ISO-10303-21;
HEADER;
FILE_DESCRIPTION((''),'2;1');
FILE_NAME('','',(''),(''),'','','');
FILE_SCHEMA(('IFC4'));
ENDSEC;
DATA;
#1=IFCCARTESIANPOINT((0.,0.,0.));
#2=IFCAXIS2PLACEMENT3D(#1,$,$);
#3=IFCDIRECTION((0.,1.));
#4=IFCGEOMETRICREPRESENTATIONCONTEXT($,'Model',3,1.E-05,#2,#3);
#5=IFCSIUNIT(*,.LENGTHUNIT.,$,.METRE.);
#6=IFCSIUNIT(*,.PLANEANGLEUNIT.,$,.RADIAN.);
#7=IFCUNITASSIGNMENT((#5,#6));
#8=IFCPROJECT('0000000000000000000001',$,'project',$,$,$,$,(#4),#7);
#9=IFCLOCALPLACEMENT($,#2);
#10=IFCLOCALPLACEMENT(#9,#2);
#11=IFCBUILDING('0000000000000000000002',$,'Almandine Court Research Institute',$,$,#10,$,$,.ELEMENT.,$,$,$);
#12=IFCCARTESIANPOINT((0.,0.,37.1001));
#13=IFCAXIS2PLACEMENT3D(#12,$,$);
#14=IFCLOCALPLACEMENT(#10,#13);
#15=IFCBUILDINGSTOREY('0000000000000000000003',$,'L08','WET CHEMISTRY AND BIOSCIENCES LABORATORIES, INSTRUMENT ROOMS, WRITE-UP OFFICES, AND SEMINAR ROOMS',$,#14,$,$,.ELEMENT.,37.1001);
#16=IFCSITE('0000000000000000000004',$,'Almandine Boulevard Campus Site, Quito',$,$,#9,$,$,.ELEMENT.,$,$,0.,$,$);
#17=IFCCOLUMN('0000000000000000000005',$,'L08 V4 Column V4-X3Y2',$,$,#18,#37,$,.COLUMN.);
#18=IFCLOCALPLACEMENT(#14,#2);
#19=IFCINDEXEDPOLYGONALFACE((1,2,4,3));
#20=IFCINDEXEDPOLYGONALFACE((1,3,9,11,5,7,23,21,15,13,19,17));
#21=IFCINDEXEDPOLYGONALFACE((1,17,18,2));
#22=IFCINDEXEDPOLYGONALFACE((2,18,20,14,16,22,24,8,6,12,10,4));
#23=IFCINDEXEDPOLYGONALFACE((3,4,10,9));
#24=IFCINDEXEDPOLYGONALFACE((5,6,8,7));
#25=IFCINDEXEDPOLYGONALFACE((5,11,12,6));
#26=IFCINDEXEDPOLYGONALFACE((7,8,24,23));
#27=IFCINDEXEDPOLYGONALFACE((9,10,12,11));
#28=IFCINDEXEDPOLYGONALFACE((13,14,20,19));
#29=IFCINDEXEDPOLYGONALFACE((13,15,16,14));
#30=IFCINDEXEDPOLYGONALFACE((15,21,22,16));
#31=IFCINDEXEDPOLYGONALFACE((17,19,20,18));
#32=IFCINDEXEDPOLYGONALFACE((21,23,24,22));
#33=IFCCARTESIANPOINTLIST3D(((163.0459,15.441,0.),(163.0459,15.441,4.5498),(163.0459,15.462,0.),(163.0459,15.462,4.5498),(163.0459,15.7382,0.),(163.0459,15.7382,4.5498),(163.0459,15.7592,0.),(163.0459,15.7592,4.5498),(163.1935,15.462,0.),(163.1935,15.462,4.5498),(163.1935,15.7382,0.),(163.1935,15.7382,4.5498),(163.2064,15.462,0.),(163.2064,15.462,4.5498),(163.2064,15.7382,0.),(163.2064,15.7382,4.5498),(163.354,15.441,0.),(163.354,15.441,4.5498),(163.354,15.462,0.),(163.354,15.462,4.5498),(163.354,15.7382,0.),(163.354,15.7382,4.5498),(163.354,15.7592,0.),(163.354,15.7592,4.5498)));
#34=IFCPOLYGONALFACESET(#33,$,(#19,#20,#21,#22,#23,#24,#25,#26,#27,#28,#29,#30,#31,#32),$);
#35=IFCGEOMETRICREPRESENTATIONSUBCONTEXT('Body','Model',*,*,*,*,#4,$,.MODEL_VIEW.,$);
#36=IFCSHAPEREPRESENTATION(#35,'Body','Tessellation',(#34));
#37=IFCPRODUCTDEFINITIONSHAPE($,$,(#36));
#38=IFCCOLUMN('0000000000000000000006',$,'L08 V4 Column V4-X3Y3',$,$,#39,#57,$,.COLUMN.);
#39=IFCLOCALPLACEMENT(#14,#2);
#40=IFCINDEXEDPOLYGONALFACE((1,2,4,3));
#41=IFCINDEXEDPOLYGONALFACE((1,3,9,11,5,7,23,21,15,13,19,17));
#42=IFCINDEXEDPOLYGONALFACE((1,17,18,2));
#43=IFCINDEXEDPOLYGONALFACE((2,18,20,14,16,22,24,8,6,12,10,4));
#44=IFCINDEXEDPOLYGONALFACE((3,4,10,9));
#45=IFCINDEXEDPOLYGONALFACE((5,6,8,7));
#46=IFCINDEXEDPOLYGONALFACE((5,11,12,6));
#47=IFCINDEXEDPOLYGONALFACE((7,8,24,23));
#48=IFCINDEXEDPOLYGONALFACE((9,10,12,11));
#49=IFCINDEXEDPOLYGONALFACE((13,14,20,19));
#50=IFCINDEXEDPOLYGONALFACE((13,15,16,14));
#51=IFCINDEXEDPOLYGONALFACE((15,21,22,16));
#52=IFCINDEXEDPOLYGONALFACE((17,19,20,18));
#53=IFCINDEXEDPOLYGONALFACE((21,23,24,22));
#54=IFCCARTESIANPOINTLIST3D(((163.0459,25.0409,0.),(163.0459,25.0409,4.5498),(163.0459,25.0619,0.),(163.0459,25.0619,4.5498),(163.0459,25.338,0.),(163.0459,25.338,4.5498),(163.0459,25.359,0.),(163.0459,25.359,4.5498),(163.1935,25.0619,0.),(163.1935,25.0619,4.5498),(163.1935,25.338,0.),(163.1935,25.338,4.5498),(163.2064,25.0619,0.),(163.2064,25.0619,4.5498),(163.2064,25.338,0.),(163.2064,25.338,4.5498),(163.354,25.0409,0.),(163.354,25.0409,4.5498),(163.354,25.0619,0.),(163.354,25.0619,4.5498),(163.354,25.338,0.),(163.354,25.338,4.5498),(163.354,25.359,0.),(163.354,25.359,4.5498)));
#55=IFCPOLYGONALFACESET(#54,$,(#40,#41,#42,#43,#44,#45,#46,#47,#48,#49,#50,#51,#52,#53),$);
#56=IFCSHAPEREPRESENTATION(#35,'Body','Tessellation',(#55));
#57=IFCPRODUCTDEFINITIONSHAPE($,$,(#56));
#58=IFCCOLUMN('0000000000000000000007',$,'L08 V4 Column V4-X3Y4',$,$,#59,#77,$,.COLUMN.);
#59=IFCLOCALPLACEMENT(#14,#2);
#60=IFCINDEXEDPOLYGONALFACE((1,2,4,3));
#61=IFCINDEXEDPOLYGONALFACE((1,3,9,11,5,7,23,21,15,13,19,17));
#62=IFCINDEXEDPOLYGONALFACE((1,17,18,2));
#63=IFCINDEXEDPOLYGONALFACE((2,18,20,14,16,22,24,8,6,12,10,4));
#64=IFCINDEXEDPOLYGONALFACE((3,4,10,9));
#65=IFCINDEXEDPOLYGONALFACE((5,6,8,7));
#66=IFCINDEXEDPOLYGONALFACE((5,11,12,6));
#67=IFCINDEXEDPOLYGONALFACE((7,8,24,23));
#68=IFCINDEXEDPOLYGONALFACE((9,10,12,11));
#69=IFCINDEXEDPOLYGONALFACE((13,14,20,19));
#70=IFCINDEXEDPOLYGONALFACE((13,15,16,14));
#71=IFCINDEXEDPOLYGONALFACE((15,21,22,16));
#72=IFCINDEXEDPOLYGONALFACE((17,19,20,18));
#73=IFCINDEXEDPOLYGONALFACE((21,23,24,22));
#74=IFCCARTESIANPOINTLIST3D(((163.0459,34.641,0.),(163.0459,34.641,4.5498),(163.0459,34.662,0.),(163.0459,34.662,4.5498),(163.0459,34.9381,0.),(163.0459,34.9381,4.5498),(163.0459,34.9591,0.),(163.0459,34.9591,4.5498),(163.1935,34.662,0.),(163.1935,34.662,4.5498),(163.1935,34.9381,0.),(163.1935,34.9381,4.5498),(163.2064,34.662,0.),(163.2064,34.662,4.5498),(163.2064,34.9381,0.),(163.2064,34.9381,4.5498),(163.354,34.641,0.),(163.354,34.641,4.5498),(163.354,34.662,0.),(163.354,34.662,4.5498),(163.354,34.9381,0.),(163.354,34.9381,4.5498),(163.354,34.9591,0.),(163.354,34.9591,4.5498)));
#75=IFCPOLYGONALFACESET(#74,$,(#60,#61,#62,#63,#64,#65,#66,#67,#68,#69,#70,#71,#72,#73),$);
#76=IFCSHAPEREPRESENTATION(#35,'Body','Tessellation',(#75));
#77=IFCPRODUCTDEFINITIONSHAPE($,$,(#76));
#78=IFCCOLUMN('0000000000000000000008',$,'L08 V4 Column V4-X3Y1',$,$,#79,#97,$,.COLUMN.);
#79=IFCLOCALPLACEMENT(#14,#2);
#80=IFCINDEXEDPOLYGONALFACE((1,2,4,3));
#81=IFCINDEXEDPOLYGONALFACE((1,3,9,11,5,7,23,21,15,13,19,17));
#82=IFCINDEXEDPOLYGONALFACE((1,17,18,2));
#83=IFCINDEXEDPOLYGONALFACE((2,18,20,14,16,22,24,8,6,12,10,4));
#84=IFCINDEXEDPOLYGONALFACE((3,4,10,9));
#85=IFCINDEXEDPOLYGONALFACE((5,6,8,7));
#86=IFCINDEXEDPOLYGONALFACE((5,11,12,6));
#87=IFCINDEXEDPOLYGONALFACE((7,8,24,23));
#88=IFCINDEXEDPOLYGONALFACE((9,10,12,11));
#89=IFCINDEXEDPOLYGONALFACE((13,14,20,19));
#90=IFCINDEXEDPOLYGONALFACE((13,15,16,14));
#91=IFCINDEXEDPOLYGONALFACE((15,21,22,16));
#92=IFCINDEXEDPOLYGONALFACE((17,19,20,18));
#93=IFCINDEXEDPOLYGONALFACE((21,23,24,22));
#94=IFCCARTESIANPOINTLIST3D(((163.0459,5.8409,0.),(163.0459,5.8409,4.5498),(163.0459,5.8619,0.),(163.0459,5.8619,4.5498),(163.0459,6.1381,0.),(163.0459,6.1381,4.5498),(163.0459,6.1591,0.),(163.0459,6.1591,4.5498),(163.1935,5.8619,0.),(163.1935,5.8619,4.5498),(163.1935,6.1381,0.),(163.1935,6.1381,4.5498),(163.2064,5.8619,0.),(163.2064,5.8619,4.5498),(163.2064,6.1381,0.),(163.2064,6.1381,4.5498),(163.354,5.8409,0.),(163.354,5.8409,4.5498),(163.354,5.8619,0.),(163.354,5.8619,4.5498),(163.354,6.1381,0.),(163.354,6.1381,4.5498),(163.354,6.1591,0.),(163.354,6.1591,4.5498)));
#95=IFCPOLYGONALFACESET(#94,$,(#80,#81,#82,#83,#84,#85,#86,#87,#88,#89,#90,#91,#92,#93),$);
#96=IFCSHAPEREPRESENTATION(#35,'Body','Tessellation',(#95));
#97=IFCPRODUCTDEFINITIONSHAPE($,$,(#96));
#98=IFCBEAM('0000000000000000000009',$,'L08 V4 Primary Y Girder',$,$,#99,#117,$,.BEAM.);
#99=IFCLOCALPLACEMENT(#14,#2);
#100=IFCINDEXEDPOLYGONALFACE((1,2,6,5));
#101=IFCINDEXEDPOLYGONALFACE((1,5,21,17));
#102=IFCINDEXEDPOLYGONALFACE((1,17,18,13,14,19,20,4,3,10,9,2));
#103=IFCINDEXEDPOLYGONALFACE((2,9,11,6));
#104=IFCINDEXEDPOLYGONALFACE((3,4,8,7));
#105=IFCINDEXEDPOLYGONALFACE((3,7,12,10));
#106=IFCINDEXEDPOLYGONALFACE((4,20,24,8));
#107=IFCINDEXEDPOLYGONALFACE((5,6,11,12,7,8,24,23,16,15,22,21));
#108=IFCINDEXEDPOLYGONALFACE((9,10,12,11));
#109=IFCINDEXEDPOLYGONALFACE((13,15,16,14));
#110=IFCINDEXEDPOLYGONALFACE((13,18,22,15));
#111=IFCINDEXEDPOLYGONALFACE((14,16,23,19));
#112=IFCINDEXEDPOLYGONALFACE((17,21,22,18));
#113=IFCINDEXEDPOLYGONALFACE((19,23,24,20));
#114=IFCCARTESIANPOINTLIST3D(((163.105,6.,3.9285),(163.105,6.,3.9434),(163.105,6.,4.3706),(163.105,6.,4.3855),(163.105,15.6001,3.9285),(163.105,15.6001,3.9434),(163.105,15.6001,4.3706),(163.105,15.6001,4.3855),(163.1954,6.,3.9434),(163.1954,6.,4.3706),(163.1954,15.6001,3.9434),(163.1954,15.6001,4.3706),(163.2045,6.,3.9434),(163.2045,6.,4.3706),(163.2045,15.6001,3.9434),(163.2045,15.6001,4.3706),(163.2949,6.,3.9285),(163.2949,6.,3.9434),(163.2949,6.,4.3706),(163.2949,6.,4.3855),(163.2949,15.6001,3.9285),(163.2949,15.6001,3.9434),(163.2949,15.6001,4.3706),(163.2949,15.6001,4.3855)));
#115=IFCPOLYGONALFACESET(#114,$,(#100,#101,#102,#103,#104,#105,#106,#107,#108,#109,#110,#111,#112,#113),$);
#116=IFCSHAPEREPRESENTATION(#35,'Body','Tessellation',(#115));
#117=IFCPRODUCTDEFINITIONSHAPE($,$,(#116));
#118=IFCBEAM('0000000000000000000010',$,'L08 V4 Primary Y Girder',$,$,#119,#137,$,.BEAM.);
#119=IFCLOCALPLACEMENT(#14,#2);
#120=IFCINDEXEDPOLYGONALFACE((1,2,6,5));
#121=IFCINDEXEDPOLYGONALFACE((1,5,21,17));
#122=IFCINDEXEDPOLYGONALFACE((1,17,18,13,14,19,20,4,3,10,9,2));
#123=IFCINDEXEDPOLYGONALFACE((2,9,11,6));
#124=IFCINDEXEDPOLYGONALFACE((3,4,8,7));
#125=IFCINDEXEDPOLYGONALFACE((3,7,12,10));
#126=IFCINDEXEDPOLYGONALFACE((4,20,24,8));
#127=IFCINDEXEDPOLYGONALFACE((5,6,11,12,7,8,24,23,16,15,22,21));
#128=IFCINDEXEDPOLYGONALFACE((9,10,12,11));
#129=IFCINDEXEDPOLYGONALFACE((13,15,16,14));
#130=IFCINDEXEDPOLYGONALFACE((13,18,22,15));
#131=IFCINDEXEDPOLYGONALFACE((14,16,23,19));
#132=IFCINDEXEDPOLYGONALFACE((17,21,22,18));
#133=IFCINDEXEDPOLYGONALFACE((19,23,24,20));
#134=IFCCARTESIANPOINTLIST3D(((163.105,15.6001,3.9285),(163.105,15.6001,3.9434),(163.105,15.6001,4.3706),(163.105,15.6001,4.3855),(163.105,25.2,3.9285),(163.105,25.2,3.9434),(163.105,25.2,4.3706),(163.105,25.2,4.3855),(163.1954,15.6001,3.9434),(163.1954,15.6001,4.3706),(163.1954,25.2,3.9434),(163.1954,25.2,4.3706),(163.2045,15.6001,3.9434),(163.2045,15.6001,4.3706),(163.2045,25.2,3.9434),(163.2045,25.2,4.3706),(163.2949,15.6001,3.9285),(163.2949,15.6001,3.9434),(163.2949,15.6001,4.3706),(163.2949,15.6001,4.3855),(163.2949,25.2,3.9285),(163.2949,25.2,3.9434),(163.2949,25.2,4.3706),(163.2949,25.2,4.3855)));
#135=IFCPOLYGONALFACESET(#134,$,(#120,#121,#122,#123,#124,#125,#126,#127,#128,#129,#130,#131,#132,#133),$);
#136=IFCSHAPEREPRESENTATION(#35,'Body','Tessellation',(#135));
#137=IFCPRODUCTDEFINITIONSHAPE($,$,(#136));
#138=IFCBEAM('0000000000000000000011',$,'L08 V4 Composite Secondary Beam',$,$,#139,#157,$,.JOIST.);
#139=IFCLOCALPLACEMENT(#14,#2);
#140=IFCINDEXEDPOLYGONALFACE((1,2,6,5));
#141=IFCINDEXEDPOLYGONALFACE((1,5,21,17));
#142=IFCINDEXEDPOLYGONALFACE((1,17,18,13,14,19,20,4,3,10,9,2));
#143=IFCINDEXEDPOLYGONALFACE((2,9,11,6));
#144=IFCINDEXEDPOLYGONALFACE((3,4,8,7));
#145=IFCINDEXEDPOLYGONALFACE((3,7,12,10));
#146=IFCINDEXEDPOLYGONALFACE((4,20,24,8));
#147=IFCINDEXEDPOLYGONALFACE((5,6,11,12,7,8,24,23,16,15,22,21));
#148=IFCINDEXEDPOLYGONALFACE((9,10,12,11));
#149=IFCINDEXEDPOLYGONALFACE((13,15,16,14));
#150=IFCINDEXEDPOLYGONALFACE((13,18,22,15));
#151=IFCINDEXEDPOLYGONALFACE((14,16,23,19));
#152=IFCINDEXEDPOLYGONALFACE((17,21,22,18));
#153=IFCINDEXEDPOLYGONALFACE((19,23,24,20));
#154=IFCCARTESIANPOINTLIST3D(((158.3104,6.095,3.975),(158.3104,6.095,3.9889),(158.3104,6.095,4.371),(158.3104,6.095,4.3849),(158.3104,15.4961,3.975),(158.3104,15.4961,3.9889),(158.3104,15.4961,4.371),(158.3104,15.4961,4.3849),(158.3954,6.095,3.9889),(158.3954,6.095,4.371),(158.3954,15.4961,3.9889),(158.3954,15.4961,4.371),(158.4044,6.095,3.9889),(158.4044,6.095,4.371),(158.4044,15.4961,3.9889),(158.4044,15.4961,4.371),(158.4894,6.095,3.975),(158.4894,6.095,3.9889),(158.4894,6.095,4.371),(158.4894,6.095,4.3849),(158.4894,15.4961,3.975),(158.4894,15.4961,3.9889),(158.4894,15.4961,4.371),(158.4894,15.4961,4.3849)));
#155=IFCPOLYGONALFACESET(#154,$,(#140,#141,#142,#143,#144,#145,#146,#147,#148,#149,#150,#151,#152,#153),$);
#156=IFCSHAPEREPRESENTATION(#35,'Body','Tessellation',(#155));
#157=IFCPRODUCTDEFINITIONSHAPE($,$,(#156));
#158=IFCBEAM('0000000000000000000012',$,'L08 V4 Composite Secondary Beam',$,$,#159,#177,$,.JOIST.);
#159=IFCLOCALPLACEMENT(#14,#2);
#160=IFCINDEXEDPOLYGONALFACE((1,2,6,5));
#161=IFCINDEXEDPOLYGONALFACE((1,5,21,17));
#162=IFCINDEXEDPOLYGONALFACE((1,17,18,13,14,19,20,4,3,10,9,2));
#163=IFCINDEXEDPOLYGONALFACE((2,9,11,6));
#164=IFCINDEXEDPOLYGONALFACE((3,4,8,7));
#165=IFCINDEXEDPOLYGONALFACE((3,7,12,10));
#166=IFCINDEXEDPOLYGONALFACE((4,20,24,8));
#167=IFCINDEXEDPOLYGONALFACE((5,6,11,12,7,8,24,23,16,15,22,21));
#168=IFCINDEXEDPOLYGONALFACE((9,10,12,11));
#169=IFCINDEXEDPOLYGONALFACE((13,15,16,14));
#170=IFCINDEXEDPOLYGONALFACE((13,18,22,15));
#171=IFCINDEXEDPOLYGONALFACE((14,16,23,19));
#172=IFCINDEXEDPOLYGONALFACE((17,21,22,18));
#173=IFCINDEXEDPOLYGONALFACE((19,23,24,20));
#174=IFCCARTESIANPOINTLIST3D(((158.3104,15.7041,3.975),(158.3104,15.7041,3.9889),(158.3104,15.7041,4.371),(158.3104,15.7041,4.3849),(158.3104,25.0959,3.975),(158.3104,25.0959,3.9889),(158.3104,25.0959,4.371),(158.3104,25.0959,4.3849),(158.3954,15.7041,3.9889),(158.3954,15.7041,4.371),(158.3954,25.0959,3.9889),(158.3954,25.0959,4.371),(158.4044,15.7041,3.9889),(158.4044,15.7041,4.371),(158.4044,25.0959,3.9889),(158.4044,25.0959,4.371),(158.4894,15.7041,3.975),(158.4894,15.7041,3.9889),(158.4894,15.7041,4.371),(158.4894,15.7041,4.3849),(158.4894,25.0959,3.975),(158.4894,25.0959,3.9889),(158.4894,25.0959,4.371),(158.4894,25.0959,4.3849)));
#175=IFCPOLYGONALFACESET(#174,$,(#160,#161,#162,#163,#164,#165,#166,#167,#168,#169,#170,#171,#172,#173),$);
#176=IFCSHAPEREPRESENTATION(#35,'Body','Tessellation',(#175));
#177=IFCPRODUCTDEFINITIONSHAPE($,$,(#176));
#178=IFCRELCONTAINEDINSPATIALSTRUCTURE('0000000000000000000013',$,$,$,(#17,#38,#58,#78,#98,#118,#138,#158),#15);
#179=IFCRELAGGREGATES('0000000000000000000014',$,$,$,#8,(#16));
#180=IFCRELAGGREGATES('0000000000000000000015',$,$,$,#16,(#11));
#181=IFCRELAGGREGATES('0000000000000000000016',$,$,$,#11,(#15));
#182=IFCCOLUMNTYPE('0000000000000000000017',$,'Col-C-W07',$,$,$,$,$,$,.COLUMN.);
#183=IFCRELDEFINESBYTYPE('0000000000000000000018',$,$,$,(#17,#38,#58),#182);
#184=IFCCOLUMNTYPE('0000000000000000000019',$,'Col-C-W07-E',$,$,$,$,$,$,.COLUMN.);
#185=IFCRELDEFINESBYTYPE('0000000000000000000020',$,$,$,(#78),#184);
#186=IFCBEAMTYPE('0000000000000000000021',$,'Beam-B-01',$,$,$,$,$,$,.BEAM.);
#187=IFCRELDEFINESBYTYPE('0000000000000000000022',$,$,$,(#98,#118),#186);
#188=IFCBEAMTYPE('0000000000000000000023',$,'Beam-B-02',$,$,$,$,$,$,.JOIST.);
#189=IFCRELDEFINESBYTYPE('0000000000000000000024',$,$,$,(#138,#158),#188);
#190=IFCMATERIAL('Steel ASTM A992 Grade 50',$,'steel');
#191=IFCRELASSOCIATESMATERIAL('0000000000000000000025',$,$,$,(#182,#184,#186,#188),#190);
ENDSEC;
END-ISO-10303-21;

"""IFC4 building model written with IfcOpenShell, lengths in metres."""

from ifc_helpers import new_model, si_unit, direction, frame, origin, origin_2d, place, context, subcontext, project, spatial, i_section, extrude, material, material_profile, profile_set, type_object, element, save


model = new_model("IFC4")

# Units and contexts
model_context = context("Model", 3, precision=1e-05, world=origin(), true_north=direction((0.0, 1.0)))
body_context = subcontext(model_context, "Body", "Model", "MODEL_VIEW")
ifc_project = project(units=[si_unit("LENGTHUNIT", "METRE"), si_unit("PLANEANGLEUNIT", "RADIAN")], contexts=[model_context])

# Site, building, storey
site_placement = place(None, origin())
site = spatial("IfcSite", under=ifc_project, at=site_placement, Name="Almandine Boulevard Campus Site, Quito", CompositionType="ELEMENT", RefElevation=0.0)
building_placement = place(site_placement, origin())
building = spatial("IfcBuilding", under=site, at=building_placement, Name="Almandine Court Research Institute", CompositionType="ELEMENT")
storey_placement = place(building_placement, frame((0.0, 0.0, 37.1001)))
storey = spatial("IfcBuildingStorey", under=building, at=storey_placement, Name="L08", Description="WET CHEMISTRY AND BIOSCIENCES LABORATORIES, INSTRUMENT ROOMS, WRITE-UP OFFICES, AND SEMINAR ROOMS", CompositionType="ELEMENT", Elevation=37.1001)

# Columns
ifc_material_1 = material(Name="Steel ASTM A992 Grade 50", Category="steel")
ifc_material_profile_1 = material_profile(ifc_material_1, i_section(OverallWidth=0.3081, OverallDepth=0.3181, WebThickness=0.0129, FlangeThickness=0.021, at=origin_2d()), Name="W310x129")
ifc_profile_set_1 = profile_set([ifc_material_profile_1], Name="Steel ASTM A992 Grade 50")
column_type_1 = type_object("IfcColumnType", Name="Col-C-W07", PredefinedType="COLUMN", material=ifc_profile_set_1)
for number, where, z_axis, x_axis, name in (
    (1, (163.2, 15.6001, 0.0), (0.0, 0.0, 1.0), (1.0, 0.0, 0.0), "L08 V4 Column V4-X3Y2"),
    (2, (163.2, 25.2, 0.0), (0.0, 0.0, 1.0), (1.0, 0.0, 0.0), "L08 V4 Column V4-X3Y3"),
    (3, (163.2, 34.8, 0.0), (0.0, 0.0, 1.0), (1.0, 0.0, 0.0), "L08 V4 Column V4-X3Y4"),
):
    element("IfcColumn", number, at=place(storey_placement, frame(where, z_axis=z_axis, x_axis=x_axis)), inside=storey, type_object=column_type_1, Name=name, PredefinedType="COLUMN", context=body_context, shape_type="SweptSolid", body=[
        extrude(i_section(OverallWidth=0.3081, OverallDepth=0.3181, WebThickness=0.0129, FlangeThickness=0.021, at=origin_2d()), origin(), (0.0, 0.0, 1.0), 4.5498),
    ])
ifc_material_profile_2 = material_profile(ifc_material_1, i_section(OverallWidth=0.3081, OverallDepth=0.3181, WebThickness=0.0129, FlangeThickness=0.021, at=origin_2d()), Name="W310x129")
ifc_profile_set_2 = profile_set([ifc_material_profile_2], Name="Steel ASTM A992 Grade 50")
column_type_2 = type_object("IfcColumnType", Name="Col-C-W07-E", PredefinedType="COLUMN", material=ifc_profile_set_2)
column_placement = place(storey_placement, frame((163.2, 6.0, 0.0), z_axis=(0.0, 0.0, 1.0), x_axis=(1.0, 0.0, 0.0)))
element("IfcColumn", 4, at=column_placement, inside=storey, type_object=column_type_2, Name="L08 V4 Column V4-X3Y1", PredefinedType="COLUMN", context=body_context, shape_type="SweptSolid", body=[
    extrude(i_section(OverallWidth=0.3081, OverallDepth=0.3181, WebThickness=0.0129, FlangeThickness=0.021, at=origin_2d()), origin(), (0.0, 0.0, 1.0), 4.5498),
])

# Beams
ifc_material_profile_3 = material_profile(ifc_material_1, i_section(OverallWidth=0.1899, OverallDepth=0.457, WebThickness=0.009, FlangeThickness=0.0149, at=origin_2d()), Name="W460x74")
ifc_profile_set_3 = profile_set([ifc_material_profile_3], Name="Steel ASTM A992 Grade 50")
beam_type_1 = type_object("IfcBeamType", Name="Beam-B-01", PredefinedType="BEAM", material=ifc_profile_set_3)
beam_1_placement = place(storey_placement, frame((163.2, 6.0, 4.157), z_axis=(0.0, 1.0, 0.0), x_axis=(-1.0, 0.0, 0.0)))
element("IfcBeam", 5, at=beam_1_placement, inside=storey, type_object=beam_type_1, Name="L08 V4 Primary Y Girder", PredefinedType="BEAM", context=body_context, shape_type="SweptSolid", body=[
    extrude(i_section(OverallWidth=0.1899, OverallDepth=0.457, WebThickness=0.009, FlangeThickness=0.0149, at=origin_2d()), origin(), (0.0, 0.0, 1.0), 9.6001),
])
beam_2_placement = place(storey_placement, frame((163.2, 15.6001, 4.157), z_axis=(0.0, 1.0, 0.0), x_axis=(-1.0, 0.0, 0.0)))
element("IfcBeam", 6, at=beam_2_placement, inside=storey, type_object=beam_type_1, Name="L08 V4 Primary Y Girder", PredefinedType="BEAM", context=body_context, shape_type="SweptSolid", body=[
    extrude(i_section(OverallWidth=0.1899, OverallDepth=0.457, WebThickness=0.009, FlangeThickness=0.0149, at=origin_2d()), origin(), (0.0, 0.0, 1.0), 9.5999),
])
ifc_material_profile_4 = material_profile(ifc_material_1, i_section(OverallWidth=0.179, OverallDepth=0.4099, WebThickness=0.009, FlangeThickness=0.0139, at=origin_2d()), Name="W410x67")
ifc_profile_set_4 = profile_set([ifc_material_profile_4], Name="Steel ASTM A992 Grade 50")
beam_type_2 = type_object("IfcBeamType", Name="Beam-B-02", PredefinedType="JOIST", material=ifc_profile_set_4)
beam_3_placement = place(storey_placement, frame((158.3999, 6.095, 4.1799), z_axis=(0.0, 1.0, 0.0), x_axis=(-1.0, 0.0, 0.0)))
element("IfcBeam", 7, at=beam_3_placement, inside=storey, type_object=beam_type_2, Name="L08 V4 Composite Secondary Beam", PredefinedType="JOIST", context=body_context, shape_type="SweptSolid", body=[
    extrude(i_section(OverallWidth=0.179, OverallDepth=0.4099, WebThickness=0.009, FlangeThickness=0.0139, at=origin_2d()), origin(), (0.0, 0.0, 1.0), 9.4011),
])
beam_4_placement = place(storey_placement, frame((158.3999, 15.7041, 4.1799), z_axis=(0.0, 1.0, 0.0), x_axis=(-1.0, 0.0, 0.0)))
element("IfcBeam", 8, at=beam_4_placement, inside=storey, type_object=beam_type_2, Name="L08 V4 Composite Secondary Beam", PredefinedType="JOIST", context=body_context, shape_type="SweptSolid", body=[
    extrude(i_section(OverallWidth=0.179, OverallDepth=0.4099, WebThickness=0.009, FlangeThickness=0.0139, at=origin_2d()), origin(), (0.0, 0.0, 1.0), 9.3918),
])

save(model, "model.ifc")
